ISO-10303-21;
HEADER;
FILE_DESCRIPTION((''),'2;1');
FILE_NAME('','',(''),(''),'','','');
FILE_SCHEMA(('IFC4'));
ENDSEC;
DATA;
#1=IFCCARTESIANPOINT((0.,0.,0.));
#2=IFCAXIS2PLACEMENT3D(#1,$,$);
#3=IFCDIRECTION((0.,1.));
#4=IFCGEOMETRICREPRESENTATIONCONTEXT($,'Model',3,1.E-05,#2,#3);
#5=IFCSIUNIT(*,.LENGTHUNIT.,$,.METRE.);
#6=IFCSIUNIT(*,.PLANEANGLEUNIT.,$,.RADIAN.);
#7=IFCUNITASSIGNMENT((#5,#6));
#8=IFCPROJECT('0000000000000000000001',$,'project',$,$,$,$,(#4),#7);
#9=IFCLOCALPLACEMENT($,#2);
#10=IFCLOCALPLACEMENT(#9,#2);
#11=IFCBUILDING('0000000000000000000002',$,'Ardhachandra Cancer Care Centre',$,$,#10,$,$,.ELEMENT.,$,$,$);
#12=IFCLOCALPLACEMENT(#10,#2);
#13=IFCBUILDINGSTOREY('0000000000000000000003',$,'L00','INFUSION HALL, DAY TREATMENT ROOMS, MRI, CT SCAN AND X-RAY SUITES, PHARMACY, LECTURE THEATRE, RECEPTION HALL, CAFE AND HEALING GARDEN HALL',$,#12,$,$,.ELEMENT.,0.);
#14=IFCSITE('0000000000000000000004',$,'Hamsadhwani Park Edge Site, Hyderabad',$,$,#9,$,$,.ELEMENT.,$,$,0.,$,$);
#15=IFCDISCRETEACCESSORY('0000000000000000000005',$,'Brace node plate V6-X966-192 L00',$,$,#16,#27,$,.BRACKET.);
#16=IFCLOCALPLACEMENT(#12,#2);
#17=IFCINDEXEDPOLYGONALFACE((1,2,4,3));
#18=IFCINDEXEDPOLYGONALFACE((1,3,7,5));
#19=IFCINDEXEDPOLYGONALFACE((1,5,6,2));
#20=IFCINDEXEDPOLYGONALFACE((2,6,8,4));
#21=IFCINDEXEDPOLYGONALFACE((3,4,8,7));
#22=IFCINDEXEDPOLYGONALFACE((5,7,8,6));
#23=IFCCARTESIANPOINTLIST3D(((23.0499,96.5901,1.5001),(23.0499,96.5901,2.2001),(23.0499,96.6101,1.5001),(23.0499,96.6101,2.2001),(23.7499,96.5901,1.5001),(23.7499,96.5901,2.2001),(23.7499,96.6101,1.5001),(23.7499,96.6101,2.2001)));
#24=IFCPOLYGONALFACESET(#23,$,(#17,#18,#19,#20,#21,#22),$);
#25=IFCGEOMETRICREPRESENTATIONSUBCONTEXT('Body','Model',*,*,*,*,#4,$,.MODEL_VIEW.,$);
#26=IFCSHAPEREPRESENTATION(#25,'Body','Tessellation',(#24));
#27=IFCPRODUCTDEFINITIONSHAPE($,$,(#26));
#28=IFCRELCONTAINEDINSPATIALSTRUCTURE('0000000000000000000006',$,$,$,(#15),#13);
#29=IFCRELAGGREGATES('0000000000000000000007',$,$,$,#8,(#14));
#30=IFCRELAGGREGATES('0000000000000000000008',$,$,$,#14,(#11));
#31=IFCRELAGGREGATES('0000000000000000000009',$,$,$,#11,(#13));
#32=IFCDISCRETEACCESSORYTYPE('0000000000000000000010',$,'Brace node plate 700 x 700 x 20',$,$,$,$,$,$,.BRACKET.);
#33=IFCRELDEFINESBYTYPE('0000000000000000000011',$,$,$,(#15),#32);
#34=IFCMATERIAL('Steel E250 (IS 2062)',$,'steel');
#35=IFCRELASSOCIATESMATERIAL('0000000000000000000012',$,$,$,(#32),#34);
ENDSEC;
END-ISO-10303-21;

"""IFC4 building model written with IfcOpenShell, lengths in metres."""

from ifc_helpers import new_model, si_unit, direction, frame, origin, origin_2d, place, context, subcontext, project, spatial, rectangle, extrude, material, material_profile, profile_set, type_object, element, save


model = new_model("IFC4")

# Units and contexts
model_context = context("Model", 3, precision=1e-05, world=origin(), true_north=direction((0.0, 1.0)))
body_context = subcontext(model_context, "Body", "Model", "MODEL_VIEW")
ifc_project = project(units=[si_unit("LENGTHUNIT", "METRE"), si_unit("PLANEANGLEUNIT", "RADIAN")], contexts=[model_context])

# Site, building, storey
site_placement = place(None, origin())
site = spatial("IfcSite", under=ifc_project, at=site_placement, Name="Hamsadhwani Park Edge Site, Hyderabad", CompositionType="ELEMENT", RefElevation=0.0)
building_placement = place(site_placement, origin())
building = spatial("IfcBuilding", under=site, at=building_placement, Name="Ardhachandra Cancer Care Centre", CompositionType="ELEMENT")
storey_placement = place(building_placement, origin())
storey = spatial("IfcBuildingStorey", under=building, at=storey_placement, Name="L00", Description="INFUSION HALL, DAY TREATMENT ROOMS, MRI, CT SCAN AND X-RAY SUITES, PHARMACY, LECTURE THEATRE, RECEPTION HALL, CAFE AND HEALING GARDEN HALL", CompositionType="ELEMENT", Elevation=0.0)

# Discrete accessory
ifc_material_1 = material(Name="Steel E250 (IS 2062)", Category="steel")
ifc_material_profile_1 = material_profile(ifc_material_1, rectangle(XDim=0.7, YDim=0.7, at=origin_2d()), Name="PL 700x700x20")
ifc_profile_set_1 = profile_set([ifc_material_profile_1], Name="Steel E250 (IS 2062)")
discrete_accessory_type_1 = type_object("IfcDiscreteAccessoryType", Name="Brace node plate 700 x 700 x 20", PredefinedType="BRACKET", material=ifc_profile_set_1)
discrete_accessory_1_placement = place(storey_placement, frame((23.3999, 96.5901, 1.8501), z_axis=(0.0, 1.0, 0.0), x_axis=(-1.0, 0.0, 0.0)))
element("IfcDiscreteAccessory", 1, at=discrete_accessory_1_placement, inside=storey, type_object=discrete_accessory_type_1, Name="Brace node plate V6-X966-192 L00", PredefinedType="BRACKET", context=body_context, shape_type="SweptSolid", body=[
    extrude(rectangle(XDim=0.7, YDim=0.7, at=origin_2d()), origin(), (0.0, 0.0, 1.0), 0.02),
])

save(model, "model.ifc")
